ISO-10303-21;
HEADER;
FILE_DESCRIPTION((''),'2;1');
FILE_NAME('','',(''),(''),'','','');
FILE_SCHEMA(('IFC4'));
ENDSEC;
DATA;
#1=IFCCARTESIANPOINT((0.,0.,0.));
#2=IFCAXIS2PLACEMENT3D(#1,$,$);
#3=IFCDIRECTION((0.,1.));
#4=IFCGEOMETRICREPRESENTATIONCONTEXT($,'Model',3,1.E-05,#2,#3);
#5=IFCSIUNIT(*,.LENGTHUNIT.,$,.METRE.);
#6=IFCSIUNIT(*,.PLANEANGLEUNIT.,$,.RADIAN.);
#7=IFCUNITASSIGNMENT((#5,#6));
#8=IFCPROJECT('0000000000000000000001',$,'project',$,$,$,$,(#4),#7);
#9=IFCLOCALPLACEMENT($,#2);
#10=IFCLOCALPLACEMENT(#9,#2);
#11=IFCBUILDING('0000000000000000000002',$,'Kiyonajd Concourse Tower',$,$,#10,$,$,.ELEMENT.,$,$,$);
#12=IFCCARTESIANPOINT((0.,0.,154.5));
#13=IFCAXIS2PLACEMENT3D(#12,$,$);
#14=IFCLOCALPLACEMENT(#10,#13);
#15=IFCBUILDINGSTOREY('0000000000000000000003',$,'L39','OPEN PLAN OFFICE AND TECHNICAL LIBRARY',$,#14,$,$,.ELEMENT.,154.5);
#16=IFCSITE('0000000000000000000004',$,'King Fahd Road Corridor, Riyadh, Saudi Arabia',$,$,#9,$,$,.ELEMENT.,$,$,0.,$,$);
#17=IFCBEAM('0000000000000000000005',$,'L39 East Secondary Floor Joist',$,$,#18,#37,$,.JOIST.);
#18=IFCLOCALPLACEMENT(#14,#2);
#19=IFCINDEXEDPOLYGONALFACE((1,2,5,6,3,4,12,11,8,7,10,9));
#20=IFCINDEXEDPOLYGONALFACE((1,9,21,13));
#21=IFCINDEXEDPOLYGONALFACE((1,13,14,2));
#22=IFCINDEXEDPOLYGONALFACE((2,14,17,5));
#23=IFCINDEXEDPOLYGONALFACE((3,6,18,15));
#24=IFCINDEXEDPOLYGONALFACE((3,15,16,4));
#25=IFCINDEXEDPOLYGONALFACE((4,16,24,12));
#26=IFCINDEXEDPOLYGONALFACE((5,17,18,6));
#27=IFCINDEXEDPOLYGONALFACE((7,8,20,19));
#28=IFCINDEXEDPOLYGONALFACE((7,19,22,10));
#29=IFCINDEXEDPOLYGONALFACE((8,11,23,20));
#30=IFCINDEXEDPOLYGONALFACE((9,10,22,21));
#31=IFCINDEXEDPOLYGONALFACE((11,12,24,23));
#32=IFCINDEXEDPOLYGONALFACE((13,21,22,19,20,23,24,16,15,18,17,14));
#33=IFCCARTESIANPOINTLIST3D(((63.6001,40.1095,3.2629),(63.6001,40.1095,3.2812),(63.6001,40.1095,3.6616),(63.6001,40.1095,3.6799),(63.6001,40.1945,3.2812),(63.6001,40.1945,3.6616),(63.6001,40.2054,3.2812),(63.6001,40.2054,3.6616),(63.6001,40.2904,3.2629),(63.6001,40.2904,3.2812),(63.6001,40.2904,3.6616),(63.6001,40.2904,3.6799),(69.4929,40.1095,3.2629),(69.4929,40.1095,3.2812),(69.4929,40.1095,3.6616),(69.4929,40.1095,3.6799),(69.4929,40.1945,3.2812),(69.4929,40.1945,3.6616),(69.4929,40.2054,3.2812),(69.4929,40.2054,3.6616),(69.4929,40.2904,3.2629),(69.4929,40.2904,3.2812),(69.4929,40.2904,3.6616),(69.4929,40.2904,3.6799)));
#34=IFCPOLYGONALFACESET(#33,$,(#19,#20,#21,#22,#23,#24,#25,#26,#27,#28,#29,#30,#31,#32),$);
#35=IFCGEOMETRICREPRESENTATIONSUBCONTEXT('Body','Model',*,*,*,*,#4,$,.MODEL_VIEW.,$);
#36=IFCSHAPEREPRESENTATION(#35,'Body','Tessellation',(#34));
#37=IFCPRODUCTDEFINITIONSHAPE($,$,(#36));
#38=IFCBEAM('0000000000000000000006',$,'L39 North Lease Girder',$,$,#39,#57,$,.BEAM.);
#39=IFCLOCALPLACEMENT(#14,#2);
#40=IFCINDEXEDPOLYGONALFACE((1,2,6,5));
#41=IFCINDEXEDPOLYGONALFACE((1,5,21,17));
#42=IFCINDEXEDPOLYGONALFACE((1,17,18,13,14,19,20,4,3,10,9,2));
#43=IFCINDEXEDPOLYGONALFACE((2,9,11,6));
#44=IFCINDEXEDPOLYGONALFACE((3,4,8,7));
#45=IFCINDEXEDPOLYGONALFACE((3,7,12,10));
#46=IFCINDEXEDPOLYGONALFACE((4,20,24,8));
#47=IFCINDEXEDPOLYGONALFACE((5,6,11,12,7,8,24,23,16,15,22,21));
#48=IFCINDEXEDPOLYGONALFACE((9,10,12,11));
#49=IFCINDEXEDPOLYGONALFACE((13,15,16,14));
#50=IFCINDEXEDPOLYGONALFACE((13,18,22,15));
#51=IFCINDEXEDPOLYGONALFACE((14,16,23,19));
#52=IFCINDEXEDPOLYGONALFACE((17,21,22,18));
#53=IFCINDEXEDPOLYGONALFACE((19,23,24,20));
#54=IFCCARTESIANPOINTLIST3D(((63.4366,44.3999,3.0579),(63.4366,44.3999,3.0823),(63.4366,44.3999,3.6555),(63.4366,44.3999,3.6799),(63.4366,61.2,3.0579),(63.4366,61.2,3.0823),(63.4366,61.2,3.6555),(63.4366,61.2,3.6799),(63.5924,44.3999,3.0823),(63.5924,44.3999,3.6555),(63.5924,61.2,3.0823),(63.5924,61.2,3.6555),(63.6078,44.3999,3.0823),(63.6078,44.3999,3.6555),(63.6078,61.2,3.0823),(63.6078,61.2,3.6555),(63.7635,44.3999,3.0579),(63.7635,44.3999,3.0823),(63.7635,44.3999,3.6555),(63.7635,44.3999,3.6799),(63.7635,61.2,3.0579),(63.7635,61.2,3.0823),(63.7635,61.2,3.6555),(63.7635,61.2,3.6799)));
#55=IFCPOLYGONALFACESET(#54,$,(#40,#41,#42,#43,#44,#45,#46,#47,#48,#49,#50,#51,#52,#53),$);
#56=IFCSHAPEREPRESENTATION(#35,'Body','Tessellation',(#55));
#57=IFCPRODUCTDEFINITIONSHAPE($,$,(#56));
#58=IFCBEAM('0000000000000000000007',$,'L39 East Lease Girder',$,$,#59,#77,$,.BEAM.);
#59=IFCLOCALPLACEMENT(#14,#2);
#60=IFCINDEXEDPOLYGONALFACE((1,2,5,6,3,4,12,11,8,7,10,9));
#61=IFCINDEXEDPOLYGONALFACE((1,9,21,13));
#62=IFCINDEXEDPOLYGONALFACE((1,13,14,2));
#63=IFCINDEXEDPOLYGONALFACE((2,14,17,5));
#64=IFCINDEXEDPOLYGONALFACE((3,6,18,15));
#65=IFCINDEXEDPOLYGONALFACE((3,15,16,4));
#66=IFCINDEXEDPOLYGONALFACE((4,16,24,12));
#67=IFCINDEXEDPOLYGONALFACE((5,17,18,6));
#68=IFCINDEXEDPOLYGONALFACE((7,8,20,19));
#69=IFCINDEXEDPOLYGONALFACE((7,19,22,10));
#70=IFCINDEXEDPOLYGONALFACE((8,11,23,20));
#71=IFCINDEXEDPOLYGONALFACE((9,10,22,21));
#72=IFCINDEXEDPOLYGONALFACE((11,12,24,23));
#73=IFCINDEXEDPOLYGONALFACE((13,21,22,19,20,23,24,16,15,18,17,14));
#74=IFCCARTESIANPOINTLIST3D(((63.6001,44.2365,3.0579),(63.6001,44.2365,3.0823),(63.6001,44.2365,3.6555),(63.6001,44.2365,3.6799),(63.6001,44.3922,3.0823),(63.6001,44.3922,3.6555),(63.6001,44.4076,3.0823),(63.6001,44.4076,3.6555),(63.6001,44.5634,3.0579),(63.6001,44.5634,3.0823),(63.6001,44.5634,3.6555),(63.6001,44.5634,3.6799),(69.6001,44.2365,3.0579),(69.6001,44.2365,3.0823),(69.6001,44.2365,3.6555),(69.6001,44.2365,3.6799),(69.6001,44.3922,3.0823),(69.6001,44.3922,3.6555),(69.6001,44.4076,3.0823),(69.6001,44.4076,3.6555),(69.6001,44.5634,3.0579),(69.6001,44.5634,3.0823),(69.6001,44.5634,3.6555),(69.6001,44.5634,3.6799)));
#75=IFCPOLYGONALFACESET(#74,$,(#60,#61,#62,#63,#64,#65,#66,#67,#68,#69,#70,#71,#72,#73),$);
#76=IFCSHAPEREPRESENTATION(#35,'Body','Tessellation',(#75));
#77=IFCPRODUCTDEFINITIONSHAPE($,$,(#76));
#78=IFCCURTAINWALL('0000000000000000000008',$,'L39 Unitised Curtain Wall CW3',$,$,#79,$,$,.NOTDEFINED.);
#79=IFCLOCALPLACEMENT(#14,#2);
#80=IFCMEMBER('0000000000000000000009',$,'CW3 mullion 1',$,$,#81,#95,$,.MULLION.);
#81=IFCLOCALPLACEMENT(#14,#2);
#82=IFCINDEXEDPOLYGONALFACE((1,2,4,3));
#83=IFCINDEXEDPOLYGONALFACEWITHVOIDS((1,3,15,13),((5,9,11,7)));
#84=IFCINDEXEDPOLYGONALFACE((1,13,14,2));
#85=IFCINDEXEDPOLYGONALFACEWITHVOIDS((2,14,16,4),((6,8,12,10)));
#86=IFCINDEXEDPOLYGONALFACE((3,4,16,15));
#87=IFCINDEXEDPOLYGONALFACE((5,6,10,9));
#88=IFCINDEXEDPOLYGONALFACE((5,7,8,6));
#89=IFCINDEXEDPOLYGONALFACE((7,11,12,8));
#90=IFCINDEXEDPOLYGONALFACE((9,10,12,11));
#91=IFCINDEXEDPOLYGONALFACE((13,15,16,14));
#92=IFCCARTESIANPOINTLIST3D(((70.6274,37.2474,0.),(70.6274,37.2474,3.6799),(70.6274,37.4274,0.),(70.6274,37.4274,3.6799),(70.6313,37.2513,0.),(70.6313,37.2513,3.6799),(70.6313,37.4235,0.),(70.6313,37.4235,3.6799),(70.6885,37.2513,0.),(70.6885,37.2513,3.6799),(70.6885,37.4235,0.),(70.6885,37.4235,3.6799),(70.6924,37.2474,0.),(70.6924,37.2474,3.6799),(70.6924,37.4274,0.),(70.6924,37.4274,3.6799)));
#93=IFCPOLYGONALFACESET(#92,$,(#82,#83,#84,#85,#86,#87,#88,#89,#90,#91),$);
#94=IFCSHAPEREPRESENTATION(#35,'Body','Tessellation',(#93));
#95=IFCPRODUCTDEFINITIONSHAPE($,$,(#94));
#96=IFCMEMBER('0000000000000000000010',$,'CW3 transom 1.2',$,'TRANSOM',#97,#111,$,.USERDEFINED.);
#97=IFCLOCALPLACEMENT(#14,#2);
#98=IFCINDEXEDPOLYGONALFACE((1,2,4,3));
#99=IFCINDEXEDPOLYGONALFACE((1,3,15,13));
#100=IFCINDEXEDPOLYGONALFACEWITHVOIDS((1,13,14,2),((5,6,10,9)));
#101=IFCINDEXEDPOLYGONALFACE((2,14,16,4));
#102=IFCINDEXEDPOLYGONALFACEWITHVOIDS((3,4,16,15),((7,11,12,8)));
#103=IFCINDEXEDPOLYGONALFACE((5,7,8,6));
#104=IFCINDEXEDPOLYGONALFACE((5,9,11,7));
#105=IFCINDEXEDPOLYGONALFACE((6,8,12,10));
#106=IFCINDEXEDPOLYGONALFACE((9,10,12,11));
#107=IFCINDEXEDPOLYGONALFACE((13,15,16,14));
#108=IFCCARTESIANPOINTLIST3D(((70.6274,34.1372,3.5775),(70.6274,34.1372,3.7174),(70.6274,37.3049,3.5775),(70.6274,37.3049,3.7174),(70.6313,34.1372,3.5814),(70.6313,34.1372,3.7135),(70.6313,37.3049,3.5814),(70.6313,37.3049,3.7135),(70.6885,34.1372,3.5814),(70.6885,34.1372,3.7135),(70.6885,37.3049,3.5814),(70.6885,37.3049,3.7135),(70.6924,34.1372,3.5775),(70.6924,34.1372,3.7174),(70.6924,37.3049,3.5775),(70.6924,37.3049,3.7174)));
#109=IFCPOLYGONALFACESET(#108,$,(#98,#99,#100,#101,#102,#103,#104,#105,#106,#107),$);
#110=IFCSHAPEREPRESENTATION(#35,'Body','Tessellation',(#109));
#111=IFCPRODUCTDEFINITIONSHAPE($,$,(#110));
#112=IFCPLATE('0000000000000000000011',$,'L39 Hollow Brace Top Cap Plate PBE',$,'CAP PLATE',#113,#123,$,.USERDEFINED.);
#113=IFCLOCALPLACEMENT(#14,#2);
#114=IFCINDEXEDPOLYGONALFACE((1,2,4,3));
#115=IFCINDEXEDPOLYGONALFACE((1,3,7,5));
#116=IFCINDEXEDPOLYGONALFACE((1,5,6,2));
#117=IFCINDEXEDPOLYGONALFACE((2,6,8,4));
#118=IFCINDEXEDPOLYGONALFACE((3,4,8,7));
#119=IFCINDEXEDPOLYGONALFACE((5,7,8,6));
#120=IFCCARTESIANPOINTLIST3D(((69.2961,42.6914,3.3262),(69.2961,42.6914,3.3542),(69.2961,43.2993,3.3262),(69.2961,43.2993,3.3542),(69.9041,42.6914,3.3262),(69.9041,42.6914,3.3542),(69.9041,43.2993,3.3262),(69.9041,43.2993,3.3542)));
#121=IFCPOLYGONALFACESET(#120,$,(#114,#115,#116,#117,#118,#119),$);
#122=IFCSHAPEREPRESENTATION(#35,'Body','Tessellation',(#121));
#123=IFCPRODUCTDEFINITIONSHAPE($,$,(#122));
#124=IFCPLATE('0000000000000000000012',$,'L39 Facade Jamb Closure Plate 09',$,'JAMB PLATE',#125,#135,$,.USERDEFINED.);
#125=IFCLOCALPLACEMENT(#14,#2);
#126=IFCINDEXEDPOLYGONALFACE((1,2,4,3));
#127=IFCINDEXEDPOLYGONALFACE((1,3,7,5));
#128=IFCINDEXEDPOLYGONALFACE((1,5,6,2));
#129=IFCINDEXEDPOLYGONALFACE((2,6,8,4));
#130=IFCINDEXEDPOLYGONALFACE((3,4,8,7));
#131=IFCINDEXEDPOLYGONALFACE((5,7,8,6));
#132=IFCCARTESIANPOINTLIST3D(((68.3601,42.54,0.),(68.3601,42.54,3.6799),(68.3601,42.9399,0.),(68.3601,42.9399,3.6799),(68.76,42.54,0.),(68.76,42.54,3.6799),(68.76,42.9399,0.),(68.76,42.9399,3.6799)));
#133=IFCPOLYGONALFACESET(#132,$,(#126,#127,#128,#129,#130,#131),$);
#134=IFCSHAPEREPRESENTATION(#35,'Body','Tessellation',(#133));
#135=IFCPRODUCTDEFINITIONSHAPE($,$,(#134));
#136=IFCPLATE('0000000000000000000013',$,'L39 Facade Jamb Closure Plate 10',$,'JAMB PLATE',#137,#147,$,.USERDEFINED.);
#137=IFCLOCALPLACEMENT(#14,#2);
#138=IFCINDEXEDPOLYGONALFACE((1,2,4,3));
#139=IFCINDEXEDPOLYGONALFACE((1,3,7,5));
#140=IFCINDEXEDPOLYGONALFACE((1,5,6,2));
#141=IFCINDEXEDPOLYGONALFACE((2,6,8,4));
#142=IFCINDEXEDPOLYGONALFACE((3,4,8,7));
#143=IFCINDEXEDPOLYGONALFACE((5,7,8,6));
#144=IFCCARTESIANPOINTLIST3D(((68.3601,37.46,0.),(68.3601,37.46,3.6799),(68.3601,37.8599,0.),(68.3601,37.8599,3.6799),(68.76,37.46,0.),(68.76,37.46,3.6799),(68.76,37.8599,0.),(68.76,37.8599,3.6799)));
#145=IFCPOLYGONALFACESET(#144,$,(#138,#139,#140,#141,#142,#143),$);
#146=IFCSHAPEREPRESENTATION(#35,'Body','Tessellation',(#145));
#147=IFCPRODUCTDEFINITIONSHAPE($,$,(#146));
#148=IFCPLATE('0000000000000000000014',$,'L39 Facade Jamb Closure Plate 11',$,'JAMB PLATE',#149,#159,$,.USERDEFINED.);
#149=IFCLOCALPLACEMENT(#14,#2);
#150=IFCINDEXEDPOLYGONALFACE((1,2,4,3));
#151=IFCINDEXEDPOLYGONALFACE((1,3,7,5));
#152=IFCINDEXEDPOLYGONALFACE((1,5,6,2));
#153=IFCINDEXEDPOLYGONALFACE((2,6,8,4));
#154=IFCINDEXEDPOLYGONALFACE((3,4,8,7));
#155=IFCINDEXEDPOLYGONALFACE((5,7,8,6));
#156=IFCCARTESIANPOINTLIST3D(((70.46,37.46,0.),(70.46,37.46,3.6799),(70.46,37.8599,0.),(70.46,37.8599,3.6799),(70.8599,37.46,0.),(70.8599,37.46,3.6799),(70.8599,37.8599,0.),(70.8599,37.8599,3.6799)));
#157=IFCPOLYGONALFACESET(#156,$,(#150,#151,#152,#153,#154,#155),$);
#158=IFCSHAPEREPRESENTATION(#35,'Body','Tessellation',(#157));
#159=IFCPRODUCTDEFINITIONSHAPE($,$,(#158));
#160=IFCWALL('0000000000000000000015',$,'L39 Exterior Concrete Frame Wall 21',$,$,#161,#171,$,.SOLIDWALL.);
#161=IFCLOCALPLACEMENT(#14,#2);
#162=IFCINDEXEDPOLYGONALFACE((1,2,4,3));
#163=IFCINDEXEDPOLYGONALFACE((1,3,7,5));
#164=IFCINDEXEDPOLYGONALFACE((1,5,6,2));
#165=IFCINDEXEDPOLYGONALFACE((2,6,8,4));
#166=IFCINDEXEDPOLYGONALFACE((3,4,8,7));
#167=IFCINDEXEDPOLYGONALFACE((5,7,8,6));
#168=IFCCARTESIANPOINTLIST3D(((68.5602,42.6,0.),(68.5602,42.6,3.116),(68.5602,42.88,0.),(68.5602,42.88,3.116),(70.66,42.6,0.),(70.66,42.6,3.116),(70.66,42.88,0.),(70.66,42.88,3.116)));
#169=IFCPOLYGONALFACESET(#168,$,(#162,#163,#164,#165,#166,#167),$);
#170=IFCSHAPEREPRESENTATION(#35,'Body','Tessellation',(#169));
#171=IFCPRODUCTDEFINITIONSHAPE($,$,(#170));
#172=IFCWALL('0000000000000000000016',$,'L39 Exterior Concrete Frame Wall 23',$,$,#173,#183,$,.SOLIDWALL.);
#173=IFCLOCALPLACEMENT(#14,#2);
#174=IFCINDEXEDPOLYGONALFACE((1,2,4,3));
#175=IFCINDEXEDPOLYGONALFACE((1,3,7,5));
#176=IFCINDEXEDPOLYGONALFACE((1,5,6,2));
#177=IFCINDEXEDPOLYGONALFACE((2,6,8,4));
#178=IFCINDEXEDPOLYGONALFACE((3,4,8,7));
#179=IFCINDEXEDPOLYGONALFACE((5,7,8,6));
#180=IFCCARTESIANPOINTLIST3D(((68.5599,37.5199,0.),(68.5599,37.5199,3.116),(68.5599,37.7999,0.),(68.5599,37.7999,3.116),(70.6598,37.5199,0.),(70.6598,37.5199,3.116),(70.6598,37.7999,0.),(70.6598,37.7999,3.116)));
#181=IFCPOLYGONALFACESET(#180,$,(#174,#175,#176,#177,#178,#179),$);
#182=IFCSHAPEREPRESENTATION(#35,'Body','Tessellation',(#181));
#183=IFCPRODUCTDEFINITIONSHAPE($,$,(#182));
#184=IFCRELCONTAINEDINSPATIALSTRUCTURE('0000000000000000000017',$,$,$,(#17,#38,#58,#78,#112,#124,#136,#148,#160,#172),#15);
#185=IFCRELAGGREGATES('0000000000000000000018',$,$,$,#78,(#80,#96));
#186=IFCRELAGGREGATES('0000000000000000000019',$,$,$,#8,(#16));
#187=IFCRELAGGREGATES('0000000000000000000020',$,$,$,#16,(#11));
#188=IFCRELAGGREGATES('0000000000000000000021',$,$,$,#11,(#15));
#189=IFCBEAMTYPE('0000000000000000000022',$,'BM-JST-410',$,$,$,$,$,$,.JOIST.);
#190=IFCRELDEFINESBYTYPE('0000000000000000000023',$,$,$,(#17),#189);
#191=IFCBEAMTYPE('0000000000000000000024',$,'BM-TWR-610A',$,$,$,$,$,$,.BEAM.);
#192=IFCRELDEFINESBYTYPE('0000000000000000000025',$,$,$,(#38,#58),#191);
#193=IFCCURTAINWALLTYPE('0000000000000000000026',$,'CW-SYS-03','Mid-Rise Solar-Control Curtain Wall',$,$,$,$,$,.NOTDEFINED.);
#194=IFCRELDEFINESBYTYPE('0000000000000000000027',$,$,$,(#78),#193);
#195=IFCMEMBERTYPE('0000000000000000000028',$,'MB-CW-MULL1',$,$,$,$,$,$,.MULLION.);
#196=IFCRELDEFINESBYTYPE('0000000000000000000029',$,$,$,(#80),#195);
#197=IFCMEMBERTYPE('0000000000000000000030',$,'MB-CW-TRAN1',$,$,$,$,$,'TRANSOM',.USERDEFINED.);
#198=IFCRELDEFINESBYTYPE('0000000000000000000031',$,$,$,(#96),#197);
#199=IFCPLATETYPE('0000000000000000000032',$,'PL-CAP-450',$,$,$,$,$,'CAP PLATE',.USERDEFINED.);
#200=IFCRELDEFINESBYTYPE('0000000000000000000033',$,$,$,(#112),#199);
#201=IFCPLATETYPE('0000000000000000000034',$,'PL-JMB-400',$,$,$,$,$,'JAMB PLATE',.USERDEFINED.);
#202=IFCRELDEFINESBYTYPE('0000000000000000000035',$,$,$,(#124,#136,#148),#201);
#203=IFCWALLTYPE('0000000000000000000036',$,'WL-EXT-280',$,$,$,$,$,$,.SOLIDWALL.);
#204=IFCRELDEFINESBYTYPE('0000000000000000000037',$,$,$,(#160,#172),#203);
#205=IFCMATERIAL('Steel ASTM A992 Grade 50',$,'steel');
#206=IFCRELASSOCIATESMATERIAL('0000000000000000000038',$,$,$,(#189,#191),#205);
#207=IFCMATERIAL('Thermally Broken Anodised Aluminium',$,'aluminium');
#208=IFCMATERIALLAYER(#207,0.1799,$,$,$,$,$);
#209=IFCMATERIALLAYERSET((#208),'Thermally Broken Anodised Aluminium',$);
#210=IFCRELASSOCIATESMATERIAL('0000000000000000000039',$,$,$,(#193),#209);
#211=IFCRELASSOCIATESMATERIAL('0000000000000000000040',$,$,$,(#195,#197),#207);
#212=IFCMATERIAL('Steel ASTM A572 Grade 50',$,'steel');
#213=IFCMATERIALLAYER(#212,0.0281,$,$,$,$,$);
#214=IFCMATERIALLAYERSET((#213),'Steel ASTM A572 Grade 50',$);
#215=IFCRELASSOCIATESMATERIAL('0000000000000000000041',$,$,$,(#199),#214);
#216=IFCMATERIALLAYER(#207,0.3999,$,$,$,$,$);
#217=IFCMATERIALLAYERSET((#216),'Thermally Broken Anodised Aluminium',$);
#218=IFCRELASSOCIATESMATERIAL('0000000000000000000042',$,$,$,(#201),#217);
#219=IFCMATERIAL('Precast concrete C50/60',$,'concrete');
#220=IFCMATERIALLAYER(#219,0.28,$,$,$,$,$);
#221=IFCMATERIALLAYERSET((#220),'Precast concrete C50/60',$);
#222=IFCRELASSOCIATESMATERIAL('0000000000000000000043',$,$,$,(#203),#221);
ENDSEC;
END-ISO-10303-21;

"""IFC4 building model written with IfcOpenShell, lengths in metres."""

from ifc_helpers import new_model, si_unit, direction, frame, frame_2d, origin, origin_2d, place, context, subcontext, project, spatial, rectangle, hollow_rectangle, i_section, extrude, material, layer, layer_set, material_profile, profile_set, type_object, element, aggregate, save


model = new_model("IFC4")

# Units and contexts
model_context = context("Model", 3, precision=1e-05, world=origin(), true_north=direction((0.0, 1.0)))
body_context = subcontext(model_context, "Body", "Model", "MODEL_VIEW")
ifc_project = project(units=[si_unit("LENGTHUNIT", "METRE"), si_unit("PLANEANGLEUNIT", "RADIAN")], contexts=[model_context])

# Site, building, storey
site_placement = place(None, origin())
site = spatial("IfcSite", under=ifc_project, at=site_placement, Name="King Fahd Road Corridor, Riyadh, Saudi Arabia", CompositionType="ELEMENT", RefElevation=0.0)
building_placement = place(site_placement, origin())
building = spatial("IfcBuilding", under=site, at=building_placement, Name="Kiyonajd Concourse Tower", CompositionType="ELEMENT")
storey_placement = place(building_placement, frame((0.0, 0.0, 154.5)))
storey = spatial("IfcBuildingStorey", under=building, at=storey_placement, Name="L39", Description="OPEN PLAN OFFICE AND TECHNICAL LIBRARY", CompositionType="ELEMENT", Elevation=154.5)

# Beams
ifc_material_1 = material(Name="Steel ASTM A992 Grade 50", Category="steel")
ifc_material_profile_1 = material_profile(ifc_material_1, i_section(OverallWidth=0.1809, OverallDepth=0.417, WebThickness=0.011, FlangeThickness=0.0183, at=origin_2d()), Name="W410X85")
ifc_profile_set_1 = profile_set([ifc_material_profile_1], Name="Steel ASTM A992 Grade 50")
beam_type_1 = type_object("IfcBeamType", Name="BM-JST-410", PredefinedType="JOIST", material=ifc_profile_set_1)
beam_1_placement = place(storey_placement, frame((63.6001, 40.2, 3.4714), z_axis=(1.0, 0.0, 0.0), x_axis=(0.0, 1.0, 0.0)))
element("IfcBeam", 1, at=beam_1_placement, inside=storey, type_object=beam_type_1, Name="L39 East Secondary Floor Joist", PredefinedType="JOIST", context=body_context, shape_type="SweptSolid", body=[
    extrude(i_section(OverallWidth=0.1809, OverallDepth=0.417, WebThickness=0.011, FlangeThickness=0.0183, at=origin_2d()), origin(), (0.0, 0.0, 1.0), 5.8928),
])
ifc_material_profile_2 = material_profile(ifc_material_1, i_section(OverallWidth=0.3269, OverallDepth=0.6221, WebThickness=0.0154, FlangeThickness=0.0244, at=origin_2d()), Name="W610X195")
ifc_profile_set_2 = profile_set([ifc_material_profile_2], Name="Steel ASTM A992 Grade 50")
beam_type_2 = type_object("IfcBeamType", Name="BM-TWR-610A", PredefinedType="BEAM", material=ifc_profile_set_2)
beam_2_placement = place(storey_placement, frame((63.6001, 44.3999, 3.3689), z_axis=(0.0, 1.0, 0.0), x_axis=(-1.0, 0.0, 0.0)))
element("IfcBeam", 2, at=beam_2_placement, inside=storey, type_object=beam_type_2, Name="L39 North Lease Girder", PredefinedType="BEAM", context=body_context, shape_type="SweptSolid", body=[
    extrude(i_section(OverallWidth=0.3269, OverallDepth=0.6221, WebThickness=0.0154, FlangeThickness=0.0244, at=origin_2d()), origin(), (0.0, 0.0, 1.0), 16.8),
])
beam_3_placement = place(storey_placement, frame((63.6001, 44.3999, 3.3689), z_axis=(1.0, 0.0, 0.0), x_axis=(0.0, 1.0, 0.0)))
element("IfcBeam", 3, at=beam_3_placement, inside=storey, type_object=beam_type_2, Name="L39 East Lease Girder", PredefinedType="BEAM", context=body_context, shape_type="SweptSolid", body=[
    extrude(i_section(OverallWidth=0.3269, OverallDepth=0.6221, WebThickness=0.0154, FlangeThickness=0.0244, at=origin_2d()), origin(), (0.0, 0.0, 1.0), 6.0),
])

# Curtain wall, members
ifc_material_2 = material(Name="Thermally Broken Anodised Aluminium", Category="aluminium")
ifc_layer_1 = layer(ifc_material_2, 0.1799)
ifc_layer_set_1 = layer_set([ifc_layer_1], Name="Thermally Broken Anodised Aluminium")
curtain_wall_type = type_object("IfcCurtainWallType", Name="CW-SYS-03", Description="Mid-Rise Solar-Control Curtain Wall", PredefinedType="NOTDEFINED", material=ifc_layer_set_1)
curtain_wall_placement = place(storey_placement, origin())
curtain_wall = element("IfcCurtainWall", 4, at=curtain_wall_placement, inside=storey, type_object=curtain_wall_type, Name="L39 Unitised Curtain Wall CW3", PredefinedType="NOTDEFINED")
ifc_material_profile_3 = material_profile(ifc_material_2, hollow_rectangle(XDim=0.0649, YDim=0.1799, WallThickness=0.0039, at=origin_2d()), Name="MULL-65x180")
ifc_profile_set_3 = profile_set([ifc_material_profile_3], Name="Thermally Broken Anodised Aluminium")
member_type_1 = type_object("IfcMemberType", Name="MB-CW-MULL1", PredefinedType="MULLION", material=ifc_profile_set_3)
member_1_placement = place(storey_placement, frame((70.6599, 37.3374, 0.0), z_axis=(0.0, 0.0, 1.0), x_axis=(1.0, 0.0, 0.0)))
member_1 = element("IfcMember", 5, at=member_1_placement, type_object=member_type_1, Name="CW3 mullion 1", PredefinedType="MULLION", context=body_context, shape_type="SweptSolid", body=[
    extrude(hollow_rectangle(XDim=0.0649, YDim=0.1799, WallThickness=0.0039, at=origin_2d()), origin(), (0.0, 0.0, 1.0), 3.6799),
])
ifc_material_profile_4 = material_profile(ifc_material_2, hollow_rectangle(XDim=0.0649, YDim=0.1399, WallThickness=0.0039, at=origin_2d()), Name="TRAN-65x140")
ifc_profile_set_4 = profile_set([ifc_material_profile_4], Name="Thermally Broken Anodised Aluminium")
member_type_2 = type_object("IfcMemberType", Name="MB-CW-TRAN1", ElementType="TRANSOM", PredefinedType="USERDEFINED", material=ifc_profile_set_4)
member_2_placement = place(storey_placement, frame((70.6599, 37.3049, 3.6475), z_axis=(0.0, -1.0, 0.0), x_axis=(1.0, 0.0, 0.0)))
member_2 = element("IfcMember", 6, at=member_2_placement, type_object=member_type_2, Name="CW3 transom 1.2", ObjectType="TRANSOM", PredefinedType="USERDEFINED", context=body_context, shape_type="SweptSolid", body=[
    extrude(hollow_rectangle(XDim=0.0649, YDim=0.1399, WallThickness=0.0039, at=origin_2d()), origin(), (0.0, 0.0, 1.0), 3.1677),
])
aggregate(curtain_wall, [member_1, member_2])

# Plates
ifc_material_3 = material(Name="Steel ASTM A572 Grade 50", Category="steel")
ifc_layer_2 = layer(ifc_material_3, 0.0281)
ifc_layer_set_2 = layer_set([ifc_layer_2], Name="Steel ASTM A572 Grade 50")
plate_type_1 = type_object("IfcPlateType", Name="PL-CAP-450", ElementType="CAP PLATE", PredefinedType="USERDEFINED", material=ifc_layer_set_2)
plate_placement = place(storey_placement, frame((69.6001, 42.9954, 3.3262), z_axis=(0.0, 0.0, 1.0), x_axis=(1.0, 0.0, 0.0)))
element("IfcPlate", 7, at=plate_placement, inside=storey, type_object=plate_type_1, Name="L39 Hollow Brace Top Cap Plate PBE", ObjectType="CAP PLATE", PredefinedType="USERDEFINED", context=body_context, shape_type="SweptSolid", body=[
    extrude(rectangle(XDim=0.6079, YDim=0.6079, at=origin_2d()), origin(), (0.0, 0.0, 1.0), 0.0281),
])
ifc_layer_3 = layer(ifc_material_2, 0.3999)
ifc_layer_set_3 = layer_set([ifc_layer_3], Name="Thermally Broken Anodised Aluminium")
plate_type_2 = type_object("IfcPlateType", Name="PL-JMB-400", ElementType="JAMB PLATE", PredefinedType="USERDEFINED", material=ifc_layer_set_3)
for number, where, z_axis, x_axis, name in (
    (8, (68.5601, 42.74, 0.0), (0.0, 0.0, 1.0), (1.0, 0.0, 0.0), "L39 Facade Jamb Closure Plate 09"),
    (9, (68.5601, 37.6599, 0.0), (0.0, 0.0, 1.0), (1.0, 0.0, 0.0), "L39 Facade Jamb Closure Plate 10"),
    (10, (70.6599, 37.6599, 0.0), (0.0, 0.0, 1.0), (1.0, 0.0, 0.0), "L39 Facade Jamb Closure Plate 11"),
):
    element("IfcPlate", number, at=place(storey_placement, frame(where, z_axis=z_axis, x_axis=x_axis)), inside=storey, type_object=plate_type_2, Name=name, ObjectType="JAMB PLATE", PredefinedType="USERDEFINED", context=body_context, shape_type="SweptSolid", body=[
        extrude(rectangle(XDim=0.3999, YDim=0.3999, at=origin_2d()), origin(), (0.0, 0.0, 1.0), 3.6799),
    ])

# Walls
ifc_material_4 = material(Name="Precast concrete C50/60", Category="concrete")
ifc_layer_4 = layer(ifc_material_4, 0.28)
ifc_layer_set_4 = layer_set([ifc_layer_4], Name="Precast concrete C50/60")
wall_type_1 = type_object("IfcWallType", Name="WL-EXT-280", PredefinedType="SOLIDWALL", material=ifc_layer_set_4)
for number, where, z_axis, x_axis, name in (
    (11, (70.6599, 42.74, 0.0), (0.0, 0.0, 1.0), (-1.0, 0.0, 0.0), "L39 Exterior Concrete Frame Wall 21"),
    (12, (68.5601, 37.6599, 0.0), (0.0, 0.0, 1.0), (1.0, 0.0, 0.0), "L39 Exterior Concrete Frame Wall 23"),
):
    element("IfcWall", number, at=place(storey_placement, frame(where, z_axis=z_axis, x_axis=x_axis)), inside=storey, type_object=wall_type_1, Name=name, PredefinedType="SOLIDWALL", context=body_context, shape_type="SweptSolid", body=[
        extrude(rectangle(XDim=2.0999, YDim=0.28, at=frame_2d((1.0498, 0.0))), origin(), (0.0, 0.0, 1.0), 3.116),
    ])

save(model, "model.ifc")
